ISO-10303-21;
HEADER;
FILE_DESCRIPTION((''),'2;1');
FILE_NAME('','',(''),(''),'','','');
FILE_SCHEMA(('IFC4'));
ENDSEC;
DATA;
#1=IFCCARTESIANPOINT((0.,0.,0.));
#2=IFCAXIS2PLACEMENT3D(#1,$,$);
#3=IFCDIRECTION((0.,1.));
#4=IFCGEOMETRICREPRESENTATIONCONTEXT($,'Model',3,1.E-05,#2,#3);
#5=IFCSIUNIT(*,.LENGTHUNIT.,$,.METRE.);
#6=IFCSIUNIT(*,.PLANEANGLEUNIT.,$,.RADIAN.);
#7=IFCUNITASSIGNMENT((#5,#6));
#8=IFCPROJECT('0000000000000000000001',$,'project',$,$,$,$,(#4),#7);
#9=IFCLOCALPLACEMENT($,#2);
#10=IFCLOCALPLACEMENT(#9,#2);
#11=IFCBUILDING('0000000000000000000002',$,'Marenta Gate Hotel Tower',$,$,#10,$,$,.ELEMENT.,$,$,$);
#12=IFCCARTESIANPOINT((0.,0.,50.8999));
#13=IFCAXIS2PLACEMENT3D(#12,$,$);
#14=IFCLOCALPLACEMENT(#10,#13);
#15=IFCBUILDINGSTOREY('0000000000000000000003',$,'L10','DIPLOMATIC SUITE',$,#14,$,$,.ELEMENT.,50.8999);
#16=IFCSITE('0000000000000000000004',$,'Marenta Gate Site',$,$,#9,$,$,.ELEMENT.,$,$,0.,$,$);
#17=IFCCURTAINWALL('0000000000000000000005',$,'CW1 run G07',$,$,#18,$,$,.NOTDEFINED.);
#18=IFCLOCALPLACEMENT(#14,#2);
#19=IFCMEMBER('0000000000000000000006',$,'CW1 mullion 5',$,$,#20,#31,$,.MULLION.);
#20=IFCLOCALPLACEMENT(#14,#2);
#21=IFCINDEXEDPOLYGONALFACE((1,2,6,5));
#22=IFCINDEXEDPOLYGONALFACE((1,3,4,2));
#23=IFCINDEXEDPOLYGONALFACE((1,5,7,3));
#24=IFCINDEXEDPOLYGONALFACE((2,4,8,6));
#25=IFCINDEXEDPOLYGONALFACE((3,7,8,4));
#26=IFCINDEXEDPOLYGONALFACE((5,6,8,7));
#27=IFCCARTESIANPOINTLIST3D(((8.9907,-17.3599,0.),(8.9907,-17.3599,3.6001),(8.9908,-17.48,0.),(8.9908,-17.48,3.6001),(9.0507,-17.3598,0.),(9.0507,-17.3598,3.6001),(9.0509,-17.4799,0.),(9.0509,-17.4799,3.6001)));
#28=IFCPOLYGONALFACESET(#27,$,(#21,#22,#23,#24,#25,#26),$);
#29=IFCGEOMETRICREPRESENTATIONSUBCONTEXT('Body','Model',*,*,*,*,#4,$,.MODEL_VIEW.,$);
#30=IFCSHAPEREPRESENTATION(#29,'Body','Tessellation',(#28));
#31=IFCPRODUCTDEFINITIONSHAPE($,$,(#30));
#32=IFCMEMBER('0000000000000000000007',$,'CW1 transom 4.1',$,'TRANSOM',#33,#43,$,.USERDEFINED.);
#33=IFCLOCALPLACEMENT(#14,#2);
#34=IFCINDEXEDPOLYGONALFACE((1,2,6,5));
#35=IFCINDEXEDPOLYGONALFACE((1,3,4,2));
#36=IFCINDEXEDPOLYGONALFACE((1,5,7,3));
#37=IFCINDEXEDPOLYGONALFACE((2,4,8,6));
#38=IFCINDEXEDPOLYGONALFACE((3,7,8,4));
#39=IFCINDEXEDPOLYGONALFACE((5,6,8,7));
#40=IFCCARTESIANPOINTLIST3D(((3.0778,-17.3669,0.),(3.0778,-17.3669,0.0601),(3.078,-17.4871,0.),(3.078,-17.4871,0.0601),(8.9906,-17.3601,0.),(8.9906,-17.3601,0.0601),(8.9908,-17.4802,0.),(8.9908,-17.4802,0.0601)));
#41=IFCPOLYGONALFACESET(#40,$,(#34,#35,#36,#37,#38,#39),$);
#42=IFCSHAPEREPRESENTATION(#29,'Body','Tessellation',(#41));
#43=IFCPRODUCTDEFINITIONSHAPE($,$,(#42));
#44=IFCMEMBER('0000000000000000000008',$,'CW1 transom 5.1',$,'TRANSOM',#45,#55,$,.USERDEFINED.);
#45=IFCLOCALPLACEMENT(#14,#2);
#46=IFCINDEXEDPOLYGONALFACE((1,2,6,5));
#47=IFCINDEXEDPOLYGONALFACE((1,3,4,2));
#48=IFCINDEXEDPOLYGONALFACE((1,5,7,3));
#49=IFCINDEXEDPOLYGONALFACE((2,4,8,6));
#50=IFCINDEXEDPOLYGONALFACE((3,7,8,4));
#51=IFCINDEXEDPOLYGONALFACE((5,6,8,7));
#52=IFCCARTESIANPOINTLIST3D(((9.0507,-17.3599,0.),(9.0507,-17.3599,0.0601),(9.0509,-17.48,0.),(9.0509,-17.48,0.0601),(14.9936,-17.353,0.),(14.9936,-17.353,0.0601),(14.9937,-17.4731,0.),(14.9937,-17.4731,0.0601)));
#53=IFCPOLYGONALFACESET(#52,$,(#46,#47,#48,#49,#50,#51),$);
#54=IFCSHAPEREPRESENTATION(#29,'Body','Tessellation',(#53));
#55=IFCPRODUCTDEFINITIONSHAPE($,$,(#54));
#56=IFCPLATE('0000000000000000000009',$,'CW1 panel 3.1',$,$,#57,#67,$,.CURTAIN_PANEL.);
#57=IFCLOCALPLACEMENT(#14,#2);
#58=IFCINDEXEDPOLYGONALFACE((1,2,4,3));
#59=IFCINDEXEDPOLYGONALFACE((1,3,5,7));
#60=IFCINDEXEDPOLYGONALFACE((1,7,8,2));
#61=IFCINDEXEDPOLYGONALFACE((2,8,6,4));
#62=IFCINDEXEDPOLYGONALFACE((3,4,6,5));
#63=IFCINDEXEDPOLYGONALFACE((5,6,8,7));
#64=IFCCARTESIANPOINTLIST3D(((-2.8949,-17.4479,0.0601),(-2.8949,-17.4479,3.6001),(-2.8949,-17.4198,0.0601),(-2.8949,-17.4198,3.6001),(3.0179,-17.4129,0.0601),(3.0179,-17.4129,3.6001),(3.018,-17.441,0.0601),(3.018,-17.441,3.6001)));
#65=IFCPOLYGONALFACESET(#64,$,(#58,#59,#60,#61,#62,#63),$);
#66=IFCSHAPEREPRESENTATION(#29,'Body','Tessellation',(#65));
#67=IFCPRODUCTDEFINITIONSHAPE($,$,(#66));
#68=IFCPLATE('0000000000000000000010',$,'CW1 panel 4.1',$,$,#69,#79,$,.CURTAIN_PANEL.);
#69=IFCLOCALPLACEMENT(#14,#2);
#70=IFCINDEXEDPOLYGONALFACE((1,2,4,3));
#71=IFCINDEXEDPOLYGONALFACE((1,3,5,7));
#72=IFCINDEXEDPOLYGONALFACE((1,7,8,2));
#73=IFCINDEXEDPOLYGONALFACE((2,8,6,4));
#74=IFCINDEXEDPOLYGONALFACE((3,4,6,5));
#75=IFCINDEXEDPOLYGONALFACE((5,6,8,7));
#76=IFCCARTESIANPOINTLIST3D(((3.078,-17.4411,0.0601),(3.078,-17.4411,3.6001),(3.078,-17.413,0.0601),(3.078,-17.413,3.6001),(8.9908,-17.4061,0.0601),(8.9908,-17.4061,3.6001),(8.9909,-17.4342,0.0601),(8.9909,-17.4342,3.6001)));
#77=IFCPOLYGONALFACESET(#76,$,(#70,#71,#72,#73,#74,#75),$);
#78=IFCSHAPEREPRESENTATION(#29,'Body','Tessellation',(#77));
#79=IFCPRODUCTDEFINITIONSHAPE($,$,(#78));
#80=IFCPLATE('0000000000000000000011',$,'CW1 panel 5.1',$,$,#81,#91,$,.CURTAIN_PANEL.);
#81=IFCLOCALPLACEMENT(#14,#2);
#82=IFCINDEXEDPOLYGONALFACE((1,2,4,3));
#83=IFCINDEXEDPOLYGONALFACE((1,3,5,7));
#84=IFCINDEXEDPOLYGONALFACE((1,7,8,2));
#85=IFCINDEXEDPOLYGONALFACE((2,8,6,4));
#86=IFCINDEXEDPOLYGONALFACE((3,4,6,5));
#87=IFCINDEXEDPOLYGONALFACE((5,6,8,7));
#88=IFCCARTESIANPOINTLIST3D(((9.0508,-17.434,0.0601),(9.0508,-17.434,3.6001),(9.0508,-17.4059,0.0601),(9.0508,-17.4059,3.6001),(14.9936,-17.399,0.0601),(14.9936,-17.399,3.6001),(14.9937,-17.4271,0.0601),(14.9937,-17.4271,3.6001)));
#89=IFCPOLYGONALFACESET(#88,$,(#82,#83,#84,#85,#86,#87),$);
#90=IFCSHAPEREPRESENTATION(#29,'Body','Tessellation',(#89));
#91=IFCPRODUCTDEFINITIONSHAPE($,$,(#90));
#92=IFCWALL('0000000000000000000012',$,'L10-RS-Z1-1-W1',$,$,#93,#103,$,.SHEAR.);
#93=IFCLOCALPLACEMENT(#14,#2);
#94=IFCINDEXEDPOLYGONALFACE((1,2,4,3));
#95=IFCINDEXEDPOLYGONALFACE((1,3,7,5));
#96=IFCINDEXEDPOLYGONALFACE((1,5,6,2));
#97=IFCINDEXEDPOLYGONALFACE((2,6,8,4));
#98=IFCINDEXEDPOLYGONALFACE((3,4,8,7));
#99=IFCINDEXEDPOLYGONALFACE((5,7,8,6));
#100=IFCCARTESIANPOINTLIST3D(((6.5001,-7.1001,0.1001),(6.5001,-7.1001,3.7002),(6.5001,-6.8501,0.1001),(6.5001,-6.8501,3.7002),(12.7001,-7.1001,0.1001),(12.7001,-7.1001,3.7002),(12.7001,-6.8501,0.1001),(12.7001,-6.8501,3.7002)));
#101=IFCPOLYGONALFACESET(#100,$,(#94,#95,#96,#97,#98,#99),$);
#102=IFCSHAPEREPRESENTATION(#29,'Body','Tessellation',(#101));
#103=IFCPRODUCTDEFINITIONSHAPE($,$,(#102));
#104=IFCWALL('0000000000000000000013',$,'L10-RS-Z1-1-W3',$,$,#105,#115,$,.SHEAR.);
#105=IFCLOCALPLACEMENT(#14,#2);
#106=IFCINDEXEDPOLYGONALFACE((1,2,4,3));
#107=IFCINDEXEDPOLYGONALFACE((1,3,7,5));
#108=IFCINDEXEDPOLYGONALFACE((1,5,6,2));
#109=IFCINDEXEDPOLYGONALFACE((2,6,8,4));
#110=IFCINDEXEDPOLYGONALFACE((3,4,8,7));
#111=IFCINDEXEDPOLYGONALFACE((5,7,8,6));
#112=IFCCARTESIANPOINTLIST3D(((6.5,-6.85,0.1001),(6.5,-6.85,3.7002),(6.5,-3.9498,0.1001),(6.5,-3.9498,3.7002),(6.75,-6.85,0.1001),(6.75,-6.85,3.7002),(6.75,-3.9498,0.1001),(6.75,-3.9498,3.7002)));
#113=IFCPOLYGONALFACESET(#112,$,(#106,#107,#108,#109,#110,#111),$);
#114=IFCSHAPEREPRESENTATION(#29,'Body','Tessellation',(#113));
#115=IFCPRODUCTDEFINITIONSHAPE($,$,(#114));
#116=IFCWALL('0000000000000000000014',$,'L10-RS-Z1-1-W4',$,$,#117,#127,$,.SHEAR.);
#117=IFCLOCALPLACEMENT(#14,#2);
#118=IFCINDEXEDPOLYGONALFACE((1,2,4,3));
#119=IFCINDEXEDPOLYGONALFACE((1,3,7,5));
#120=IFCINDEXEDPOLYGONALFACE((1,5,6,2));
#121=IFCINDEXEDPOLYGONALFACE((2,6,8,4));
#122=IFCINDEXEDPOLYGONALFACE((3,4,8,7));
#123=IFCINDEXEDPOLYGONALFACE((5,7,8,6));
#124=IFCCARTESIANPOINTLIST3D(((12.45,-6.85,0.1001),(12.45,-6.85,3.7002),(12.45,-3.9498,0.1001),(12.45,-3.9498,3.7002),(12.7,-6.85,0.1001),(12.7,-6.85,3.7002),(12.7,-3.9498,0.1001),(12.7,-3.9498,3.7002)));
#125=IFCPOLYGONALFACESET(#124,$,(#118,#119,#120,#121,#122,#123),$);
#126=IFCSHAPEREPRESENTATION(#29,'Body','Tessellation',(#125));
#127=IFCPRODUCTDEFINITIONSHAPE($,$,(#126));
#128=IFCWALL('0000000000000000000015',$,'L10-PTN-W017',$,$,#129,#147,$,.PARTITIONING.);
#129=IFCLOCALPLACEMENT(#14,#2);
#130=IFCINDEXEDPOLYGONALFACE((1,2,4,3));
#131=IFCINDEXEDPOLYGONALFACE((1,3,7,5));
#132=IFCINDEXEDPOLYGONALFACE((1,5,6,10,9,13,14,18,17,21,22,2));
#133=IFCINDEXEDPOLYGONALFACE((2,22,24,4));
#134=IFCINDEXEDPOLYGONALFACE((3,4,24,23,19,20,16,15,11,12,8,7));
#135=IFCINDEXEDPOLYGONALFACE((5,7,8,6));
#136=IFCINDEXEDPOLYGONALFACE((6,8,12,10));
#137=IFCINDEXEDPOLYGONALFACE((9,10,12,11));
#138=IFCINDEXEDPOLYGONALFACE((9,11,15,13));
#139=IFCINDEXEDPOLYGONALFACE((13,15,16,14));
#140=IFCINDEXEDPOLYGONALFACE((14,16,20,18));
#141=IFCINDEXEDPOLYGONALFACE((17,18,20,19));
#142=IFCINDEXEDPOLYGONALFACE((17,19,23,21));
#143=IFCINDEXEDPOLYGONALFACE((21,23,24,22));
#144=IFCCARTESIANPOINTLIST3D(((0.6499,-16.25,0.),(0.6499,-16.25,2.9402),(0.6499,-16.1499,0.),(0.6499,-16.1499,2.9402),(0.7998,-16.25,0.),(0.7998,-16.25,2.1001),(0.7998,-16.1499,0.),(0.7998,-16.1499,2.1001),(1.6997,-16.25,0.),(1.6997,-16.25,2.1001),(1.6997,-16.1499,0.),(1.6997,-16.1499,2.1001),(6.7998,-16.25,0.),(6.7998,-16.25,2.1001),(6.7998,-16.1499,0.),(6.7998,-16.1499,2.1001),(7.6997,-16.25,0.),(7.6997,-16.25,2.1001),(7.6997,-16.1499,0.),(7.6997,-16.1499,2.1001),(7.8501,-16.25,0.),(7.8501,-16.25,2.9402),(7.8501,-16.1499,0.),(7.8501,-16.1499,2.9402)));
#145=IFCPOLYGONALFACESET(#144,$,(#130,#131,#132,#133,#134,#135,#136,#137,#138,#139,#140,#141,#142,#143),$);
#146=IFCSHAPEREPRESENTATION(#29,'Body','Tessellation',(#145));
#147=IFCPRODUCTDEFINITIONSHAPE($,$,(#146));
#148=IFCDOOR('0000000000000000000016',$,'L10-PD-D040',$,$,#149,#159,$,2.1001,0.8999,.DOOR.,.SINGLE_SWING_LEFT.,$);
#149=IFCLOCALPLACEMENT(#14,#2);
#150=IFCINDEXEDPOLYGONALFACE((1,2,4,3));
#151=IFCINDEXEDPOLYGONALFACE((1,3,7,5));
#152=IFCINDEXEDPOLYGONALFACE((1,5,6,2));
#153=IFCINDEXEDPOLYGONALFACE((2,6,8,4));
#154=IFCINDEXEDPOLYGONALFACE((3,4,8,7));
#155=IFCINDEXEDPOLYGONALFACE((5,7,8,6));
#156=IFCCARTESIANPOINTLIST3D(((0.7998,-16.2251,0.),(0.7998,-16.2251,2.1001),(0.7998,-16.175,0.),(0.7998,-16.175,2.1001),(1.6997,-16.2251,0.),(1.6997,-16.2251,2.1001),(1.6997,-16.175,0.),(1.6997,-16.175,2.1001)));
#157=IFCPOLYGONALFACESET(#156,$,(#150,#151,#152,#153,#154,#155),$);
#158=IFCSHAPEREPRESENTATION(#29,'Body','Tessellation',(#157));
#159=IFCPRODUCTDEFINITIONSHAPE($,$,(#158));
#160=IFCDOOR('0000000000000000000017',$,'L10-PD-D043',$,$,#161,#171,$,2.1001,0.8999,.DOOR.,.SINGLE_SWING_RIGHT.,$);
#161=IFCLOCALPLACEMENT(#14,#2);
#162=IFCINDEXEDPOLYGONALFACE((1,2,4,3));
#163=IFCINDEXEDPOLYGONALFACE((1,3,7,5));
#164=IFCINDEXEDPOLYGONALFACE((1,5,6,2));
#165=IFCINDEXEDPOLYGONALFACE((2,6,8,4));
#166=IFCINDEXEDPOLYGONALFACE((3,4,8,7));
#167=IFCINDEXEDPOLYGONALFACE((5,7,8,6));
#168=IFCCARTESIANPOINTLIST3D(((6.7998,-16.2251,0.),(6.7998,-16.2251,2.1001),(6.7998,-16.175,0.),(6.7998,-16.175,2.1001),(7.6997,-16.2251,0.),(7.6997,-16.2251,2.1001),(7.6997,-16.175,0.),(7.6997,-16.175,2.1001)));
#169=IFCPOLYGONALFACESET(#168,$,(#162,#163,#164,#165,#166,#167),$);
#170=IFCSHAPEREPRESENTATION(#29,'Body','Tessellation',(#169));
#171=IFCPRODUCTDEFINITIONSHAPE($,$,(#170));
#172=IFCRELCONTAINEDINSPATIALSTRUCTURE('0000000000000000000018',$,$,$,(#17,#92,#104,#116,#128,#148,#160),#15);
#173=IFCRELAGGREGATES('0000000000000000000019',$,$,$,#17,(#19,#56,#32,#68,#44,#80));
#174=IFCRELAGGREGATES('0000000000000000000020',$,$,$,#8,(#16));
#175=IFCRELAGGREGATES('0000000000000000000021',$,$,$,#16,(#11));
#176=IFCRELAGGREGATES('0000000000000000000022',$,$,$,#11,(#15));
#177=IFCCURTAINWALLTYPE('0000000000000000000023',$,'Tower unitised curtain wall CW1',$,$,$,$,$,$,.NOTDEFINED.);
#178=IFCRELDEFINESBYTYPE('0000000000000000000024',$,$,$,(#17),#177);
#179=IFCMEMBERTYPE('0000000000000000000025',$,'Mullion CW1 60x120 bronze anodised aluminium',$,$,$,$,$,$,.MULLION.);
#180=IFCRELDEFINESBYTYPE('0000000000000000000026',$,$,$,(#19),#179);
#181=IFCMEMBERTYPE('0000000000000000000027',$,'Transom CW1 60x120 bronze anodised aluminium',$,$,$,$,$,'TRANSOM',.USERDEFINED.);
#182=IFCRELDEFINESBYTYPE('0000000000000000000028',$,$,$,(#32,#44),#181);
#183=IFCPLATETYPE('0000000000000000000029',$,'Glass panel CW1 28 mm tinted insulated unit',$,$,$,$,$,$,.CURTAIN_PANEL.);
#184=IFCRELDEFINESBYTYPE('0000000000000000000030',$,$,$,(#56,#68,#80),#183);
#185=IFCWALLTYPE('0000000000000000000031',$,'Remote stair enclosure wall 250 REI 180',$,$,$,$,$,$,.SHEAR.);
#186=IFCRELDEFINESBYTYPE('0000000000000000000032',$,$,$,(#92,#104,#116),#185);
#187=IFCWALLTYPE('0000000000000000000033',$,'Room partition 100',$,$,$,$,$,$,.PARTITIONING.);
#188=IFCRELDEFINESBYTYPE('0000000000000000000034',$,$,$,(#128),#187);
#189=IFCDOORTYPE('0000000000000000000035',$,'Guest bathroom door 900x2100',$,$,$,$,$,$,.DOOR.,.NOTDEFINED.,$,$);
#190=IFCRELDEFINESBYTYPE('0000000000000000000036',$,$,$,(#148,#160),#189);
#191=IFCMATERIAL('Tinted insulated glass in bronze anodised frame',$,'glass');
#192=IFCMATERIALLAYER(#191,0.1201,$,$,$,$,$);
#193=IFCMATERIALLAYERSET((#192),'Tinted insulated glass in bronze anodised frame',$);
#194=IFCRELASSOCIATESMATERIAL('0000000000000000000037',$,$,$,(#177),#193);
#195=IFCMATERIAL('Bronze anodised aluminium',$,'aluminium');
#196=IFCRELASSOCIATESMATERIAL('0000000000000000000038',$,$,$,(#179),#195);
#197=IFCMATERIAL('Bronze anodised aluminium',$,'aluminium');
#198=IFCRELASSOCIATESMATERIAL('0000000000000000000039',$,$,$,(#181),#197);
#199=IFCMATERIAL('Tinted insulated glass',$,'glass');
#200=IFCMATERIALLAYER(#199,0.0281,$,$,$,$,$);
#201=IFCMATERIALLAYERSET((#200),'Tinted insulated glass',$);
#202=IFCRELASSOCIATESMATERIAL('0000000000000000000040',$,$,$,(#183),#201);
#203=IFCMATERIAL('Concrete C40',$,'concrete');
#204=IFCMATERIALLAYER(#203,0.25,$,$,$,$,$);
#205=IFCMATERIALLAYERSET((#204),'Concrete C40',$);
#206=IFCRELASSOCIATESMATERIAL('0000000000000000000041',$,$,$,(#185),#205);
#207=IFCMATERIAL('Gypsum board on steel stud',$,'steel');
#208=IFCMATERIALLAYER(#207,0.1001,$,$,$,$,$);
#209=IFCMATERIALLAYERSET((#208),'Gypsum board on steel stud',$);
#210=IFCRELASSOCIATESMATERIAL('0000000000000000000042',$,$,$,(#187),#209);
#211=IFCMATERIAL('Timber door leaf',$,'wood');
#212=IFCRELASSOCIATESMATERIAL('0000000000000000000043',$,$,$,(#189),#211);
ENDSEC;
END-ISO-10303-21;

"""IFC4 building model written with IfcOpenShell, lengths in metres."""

from ifc_helpers import new_model, si_unit, direction, frame, frame_2d, origin, origin_2d, place, context, subcontext, project, spatial, rectangle, extrude, material, layer, layer_set, material_profile, profile_set, type_object, element, fill, aggregate, save


model = new_model("IFC4")

# Units and contexts
model_context = context("Model", 3, precision=1e-05, world=origin(), true_north=direction((0.0, 1.0)))
body_context = subcontext(model_context, "Body", "Model", "MODEL_VIEW")
ifc_project = project(units=[si_unit("LENGTHUNIT", "METRE"), si_unit("PLANEANGLEUNIT", "RADIAN")], contexts=[model_context])

# Site, building, storey
site_placement = place(None, origin())
site = spatial("IfcSite", under=ifc_project, at=site_placement, Name="Marenta Gate Site", CompositionType="ELEMENT", RefElevation=0.0)
building_placement = place(site_placement, origin())
building = spatial("IfcBuilding", under=site, at=building_placement, Name="Marenta Gate Hotel Tower", CompositionType="ELEMENT")
storey_placement = place(building_placement, frame((0.0, 0.0, 50.8999)))
storey = spatial("IfcBuildingStorey", under=building, at=storey_placement, Name="L10", Description="DIPLOMATIC SUITE", CompositionType="ELEMENT", Elevation=50.8999)

# Curtain wall, members, plates
ifc_material_1 = material(Name="Tinted insulated glass in bronze anodised frame", Category="glass")
ifc_layer_1 = layer(ifc_material_1, 0.1201)
ifc_layer_set_1 = layer_set([ifc_layer_1], Name="Tinted insulated glass in bronze anodised frame")
curtain_wall_type = type_object("IfcCurtainWallType", Name="Tower unitised curtain wall CW1", PredefinedType="NOTDEFINED", material=ifc_layer_set_1)
curtain_wall_placement = place(storey_placement, origin())
curtain_wall = element("IfcCurtainWall", 1, at=curtain_wall_placement, inside=storey, type_object=curtain_wall_type, Name="CW1 run G07", PredefinedType="NOTDEFINED")
ifc_material_2 = material(Name="Bronze anodised aluminium", Category="aluminium")
ifc_material_profile_1 = material_profile(ifc_material_2, rectangle(XDim=0.1201, YDim=0.0601, at=origin_2d()), Name="Mullion CW1 60x120 bronze anodised aluminium")
ifc_profile_set_1 = profile_set([ifc_material_profile_1], Name="Bronze anodised aluminium")
member_type_1 = type_object("IfcMemberType", Name="Mullion CW1 60x120 bronze anodised aluminium", PredefinedType="MULLION", material=ifc_profile_set_1)
member_1_placement = place(storey_placement, frame((9.0208, -17.4199, 0.0), z_axis=(0.0, 0.0, 1.0), x_axis=(-0.001162, 0.999999, 0.0)))
member_1 = element("IfcMember", 2, at=member_1_placement, type_object=member_type_1, Name="CW1 mullion 5", PredefinedType="MULLION", context=body_context, shape_type="SweptSolid", body=[
    extrude(rectangle(XDim=0.1201, YDim=0.0601, at=origin_2d()), origin(), (0.0, 0.0, 1.0), 3.6001),
])
ifc_material_3 = material(Name="Bronze anodised aluminium", Category="aluminium")
ifc_material_profile_2 = material_profile(ifc_material_3, rectangle(XDim=0.1201, YDim=0.0601, at=origin_2d()), Name="Transom CW1 60x120 bronze anodised aluminium")
ifc_profile_set_2 = profile_set([ifc_material_profile_2], Name="Bronze anodised aluminium")
member_type_2 = type_object("IfcMemberType", Name="Transom CW1 60x120 bronze anodised aluminium", ElementType="TRANSOM", PredefinedType="USERDEFINED", material=ifc_profile_set_2)
member_2_placement = place(storey_placement, frame((3.0779, -17.427, 0.03), z_axis=(0.999999, 0.001156, 0.0), x_axis=(-0.001156, 0.999999, 0.0)))
member_2 = element("IfcMember", 3, at=member_2_placement, type_object=member_type_2, Name="CW1 transom 4.1", ObjectType="TRANSOM", PredefinedType="USERDEFINED", context=body_context, shape_type="SweptSolid", body=[
    extrude(rectangle(XDim=0.1201, YDim=0.0601, at=origin_2d()), origin(), (0.0, 0.0, 1.0), 5.9128),
])
member_3_placement = place(storey_placement, frame((9.0508, -17.4199, 0.03), z_axis=(0.999999, 0.00115, 0.0), x_axis=(-0.00115, 0.999999, 0.0)))
member_3 = element("IfcMember", 4, at=member_3_placement, type_object=member_type_2, Name="CW1 transom 5.1", ObjectType="TRANSOM", PredefinedType="USERDEFINED", context=body_context, shape_type="SweptSolid", body=[
    extrude(rectangle(XDim=0.1201, YDim=0.0601, at=origin_2d()), origin(), (0.0, 0.0, 1.0), 5.9429),
])
ifc_material_4 = material(Name="Tinted insulated glass", Category="glass")
ifc_layer_2 = layer(ifc_material_4, 0.0281)
ifc_layer_set_2 = layer_set([ifc_layer_2], Name="Tinted insulated glass")
plate_type = type_object("IfcPlateType", Name="Glass panel CW1 28 mm tinted insulated unit", PredefinedType="CURTAIN_PANEL", material=ifc_layer_set_2)
plate_1_placement = place(storey_placement, frame((0.0615, -17.4304, 0.0601), z_axis=(0.0, 0.0, 1.0), x_axis=(0.999999, 0.001162, 0.0)))
plate_1 = element("IfcPlate", 5, at=plate_1_placement, type_object=plate_type, Name="CW1 panel 3.1", PredefinedType="CURTAIN_PANEL", context=body_context, shape_type="SweptSolid", body=[
    extrude(rectangle(XDim=5.9128, YDim=0.0281, at=origin_2d()), origin(), (0.0, 0.0, 1.0), 3.54),
])
plate_2_placement = place(storey_placement, frame((6.0344, -17.4236, 0.0601), z_axis=(0.0, 0.0, 1.0), x_axis=(0.999999, 0.001162, 0.0)))
plate_2 = element("IfcPlate", 6, at=plate_2_placement, type_object=plate_type, Name="CW1 panel 4.1", PredefinedType="CURTAIN_PANEL", context=body_context, shape_type="SweptSolid", body=[
    extrude(rectangle(XDim=5.9128, YDim=0.0281, at=origin_2d()), origin(), (0.0, 0.0, 1.0), 3.54),
])
plate_3_placement = place(storey_placement, frame((12.0222, -17.4165, 0.0601), z_axis=(0.0, 0.0, 1.0), x_axis=(0.999999, 0.001162, 0.0)))
plate_3 = element("IfcPlate", 7, at=plate_3_placement, type_object=plate_type, Name="CW1 panel 5.1", PredefinedType="CURTAIN_PANEL", context=body_context, shape_type="SweptSolid", body=[
    extrude(rectangle(XDim=5.9429, YDim=0.0281, at=origin_2d()), origin(), (0.0, 0.0, 1.0), 3.54),
])
aggregate(curtain_wall, [member_1, plate_1, member_2, plate_2, member_3, plate_3])

# Walls
ifc_material_5 = material(Name="Concrete C40", Category="concrete")
ifc_layer_3 = layer(ifc_material_5, 0.25)
ifc_layer_set_3 = layer_set([ifc_layer_3], Name="Concrete C40")
wall_type_1 = type_object("IfcWallType", Name="Remote stair enclosure wall 250 REI 180", PredefinedType="SHEAR", material=ifc_layer_set_3)
wall_1_placement = place(storey_placement, frame((6.5, -6.9751, 0.1001), z_axis=(0.0, 0.0, 1.0), x_axis=(1.0, 0.0, 0.0)))
element("IfcWall", 8, at=wall_1_placement, inside=storey, type_object=wall_type_1, Name="L10-RS-Z1-1-W1", PredefinedType="SHEAR", context=body_context, shape_type="SweptSolid", body=[
    extrude(rectangle(XDim=6.2, YDim=0.25, at=frame_2d((3.1001, 0.0))), origin(), (0.0, 0.0, 1.0), 3.6001),
])
for number, where, z_axis, x_axis, name in (
    (9, (6.625, -6.8501, 0.1001), (0.0, 0.0, 1.0), (0.0, 1.0, 0.0), "L10-RS-Z1-1-W3"),
    (10, (12.575, -6.8501, 0.1001), (0.0, 0.0, 1.0), (0.0, 1.0, 0.0), "L10-RS-Z1-1-W4"),
):
    element("IfcWall", number, at=place(storey_placement, frame(where, z_axis=z_axis, x_axis=x_axis)), inside=storey, type_object=wall_type_1, Name=name, PredefinedType="SHEAR", context=body_context, shape_type="SweptSolid", body=[
        extrude(rectangle(XDim=2.9001, YDim=0.25, at=frame_2d((1.4502, 0.0))), origin(), (0.0, 0.0, 1.0), 3.6001),
    ])

# Wall, openings, doors
ifc_material_6 = material(Name="Gypsum board on steel stud", Category="steel")
ifc_layer_4 = layer(ifc_material_6, 0.1001)
ifc_layer_set_4 = layer_set([ifc_layer_4], Name="Gypsum board on steel stud")
wall_type_2 = type_object("IfcWallType", Name="Room partition 100", PredefinedType="PARTITIONING", material=ifc_layer_set_4)
wall_2_placement = place(storey_placement, frame((0.6499, -16.2, 0.0), z_axis=(0.0, 0.0, 1.0), x_axis=(1.0, 0.0, 0.0)))
wall_2 = element("IfcWall", 11, at=wall_2_placement, inside=storey, type_object=wall_type_2, Name="L10-PTN-W017", PredefinedType="PARTITIONING", context=body_context, shape_type="SweptSolid", body=[
    extrude(rectangle(XDim=7.2002, YDim=0.1001, at=frame_2d((3.6001, 0.0))), origin(), (0.0, 0.0, 1.0), 2.9402),
])
opening_1_placement = place(wall_2_placement, frame((0.1499, 0.0, 0.0)))
opening_1 = element("IfcOpeningElement", 12, at=opening_1_placement, cuts=wall_2, PredefinedType="OPENING", context=body_context, shape_type="SweptSolid", body=[
    extrude(rectangle(XDim=0.8999, YDim=2.1001, at=frame_2d((0.45, 1.05))), frame((0.0, 0.05, 0.0), z_axis=(0.0, -1.0, 0.0), x_axis=(1.0, 0.0, 0.0)), (0.0, 0.0, 1.0), 0.1001),
])
opening_2_placement = place(wall_2_placement, frame((6.1499, 0.0, 0.0)))
opening_2 = element("IfcOpeningElement", 13, at=opening_2_placement, cuts=wall_2, PredefinedType="OPENING", context=body_context, shape_type="SweptSolid", body=[
    extrude(rectangle(XDim=0.8999, YDim=2.1001, at=frame_2d((0.45, 1.05))), frame((0.0, 0.05, 0.0), z_axis=(0.0, -1.0, 0.0), x_axis=(1.0, 0.0, 0.0)), (0.0, 0.0, 1.0), 0.1001),
])
ifc_material_7 = material(Name="Timber door leaf", Category="wood")
door_type_1 = type_object("IfcDoorType", Name="Guest bathroom door 900x2100", OperationType="NOTDEFINED", PredefinedType="DOOR", material=ifc_material_7)
door_1_placement = place(opening_1_placement, origin())
door_1 = element("IfcDoor", 14, at=door_1_placement, inside=storey, type_object=door_type_1, Name="L10-PD-D040", OperationType="SINGLE_SWING_LEFT", OverallHeight=2.1001, OverallWidth=0.8999, PredefinedType="DOOR", context=body_context, shape_type="SweptSolid", body=[
    extrude(rectangle(XDim=0.8999, YDim=2.1001, at=frame_2d((0.45, 1.05))), frame((0.0, 0.0249, 0.0), z_axis=(0.0, -1.0, 0.0), x_axis=(1.0, 0.0, 0.0)), (0.0, 0.0, 1.0), 0.05),
])
fill(opening_1, door_1)
door_2_placement = place(opening_2_placement, origin())
door_2 = element("IfcDoor", 15, at=door_2_placement, inside=storey, type_object=door_type_1, Name="L10-PD-D043", OperationType="SINGLE_SWING_RIGHT", OverallHeight=2.1001, OverallWidth=0.8999, PredefinedType="DOOR", context=body_context, shape_type="SweptSolid", body=[
    extrude(rectangle(XDim=0.8999, YDim=2.1001, at=frame_2d((0.45, 1.05))), frame((0.0, 0.0249, 0.0), z_axis=(0.0, -1.0, 0.0), x_axis=(1.0, 0.0, 0.0)), (0.0, 0.0, 1.0), 0.05),
])
fill(opening_2, door_2)

save(model, "model.ifc")
